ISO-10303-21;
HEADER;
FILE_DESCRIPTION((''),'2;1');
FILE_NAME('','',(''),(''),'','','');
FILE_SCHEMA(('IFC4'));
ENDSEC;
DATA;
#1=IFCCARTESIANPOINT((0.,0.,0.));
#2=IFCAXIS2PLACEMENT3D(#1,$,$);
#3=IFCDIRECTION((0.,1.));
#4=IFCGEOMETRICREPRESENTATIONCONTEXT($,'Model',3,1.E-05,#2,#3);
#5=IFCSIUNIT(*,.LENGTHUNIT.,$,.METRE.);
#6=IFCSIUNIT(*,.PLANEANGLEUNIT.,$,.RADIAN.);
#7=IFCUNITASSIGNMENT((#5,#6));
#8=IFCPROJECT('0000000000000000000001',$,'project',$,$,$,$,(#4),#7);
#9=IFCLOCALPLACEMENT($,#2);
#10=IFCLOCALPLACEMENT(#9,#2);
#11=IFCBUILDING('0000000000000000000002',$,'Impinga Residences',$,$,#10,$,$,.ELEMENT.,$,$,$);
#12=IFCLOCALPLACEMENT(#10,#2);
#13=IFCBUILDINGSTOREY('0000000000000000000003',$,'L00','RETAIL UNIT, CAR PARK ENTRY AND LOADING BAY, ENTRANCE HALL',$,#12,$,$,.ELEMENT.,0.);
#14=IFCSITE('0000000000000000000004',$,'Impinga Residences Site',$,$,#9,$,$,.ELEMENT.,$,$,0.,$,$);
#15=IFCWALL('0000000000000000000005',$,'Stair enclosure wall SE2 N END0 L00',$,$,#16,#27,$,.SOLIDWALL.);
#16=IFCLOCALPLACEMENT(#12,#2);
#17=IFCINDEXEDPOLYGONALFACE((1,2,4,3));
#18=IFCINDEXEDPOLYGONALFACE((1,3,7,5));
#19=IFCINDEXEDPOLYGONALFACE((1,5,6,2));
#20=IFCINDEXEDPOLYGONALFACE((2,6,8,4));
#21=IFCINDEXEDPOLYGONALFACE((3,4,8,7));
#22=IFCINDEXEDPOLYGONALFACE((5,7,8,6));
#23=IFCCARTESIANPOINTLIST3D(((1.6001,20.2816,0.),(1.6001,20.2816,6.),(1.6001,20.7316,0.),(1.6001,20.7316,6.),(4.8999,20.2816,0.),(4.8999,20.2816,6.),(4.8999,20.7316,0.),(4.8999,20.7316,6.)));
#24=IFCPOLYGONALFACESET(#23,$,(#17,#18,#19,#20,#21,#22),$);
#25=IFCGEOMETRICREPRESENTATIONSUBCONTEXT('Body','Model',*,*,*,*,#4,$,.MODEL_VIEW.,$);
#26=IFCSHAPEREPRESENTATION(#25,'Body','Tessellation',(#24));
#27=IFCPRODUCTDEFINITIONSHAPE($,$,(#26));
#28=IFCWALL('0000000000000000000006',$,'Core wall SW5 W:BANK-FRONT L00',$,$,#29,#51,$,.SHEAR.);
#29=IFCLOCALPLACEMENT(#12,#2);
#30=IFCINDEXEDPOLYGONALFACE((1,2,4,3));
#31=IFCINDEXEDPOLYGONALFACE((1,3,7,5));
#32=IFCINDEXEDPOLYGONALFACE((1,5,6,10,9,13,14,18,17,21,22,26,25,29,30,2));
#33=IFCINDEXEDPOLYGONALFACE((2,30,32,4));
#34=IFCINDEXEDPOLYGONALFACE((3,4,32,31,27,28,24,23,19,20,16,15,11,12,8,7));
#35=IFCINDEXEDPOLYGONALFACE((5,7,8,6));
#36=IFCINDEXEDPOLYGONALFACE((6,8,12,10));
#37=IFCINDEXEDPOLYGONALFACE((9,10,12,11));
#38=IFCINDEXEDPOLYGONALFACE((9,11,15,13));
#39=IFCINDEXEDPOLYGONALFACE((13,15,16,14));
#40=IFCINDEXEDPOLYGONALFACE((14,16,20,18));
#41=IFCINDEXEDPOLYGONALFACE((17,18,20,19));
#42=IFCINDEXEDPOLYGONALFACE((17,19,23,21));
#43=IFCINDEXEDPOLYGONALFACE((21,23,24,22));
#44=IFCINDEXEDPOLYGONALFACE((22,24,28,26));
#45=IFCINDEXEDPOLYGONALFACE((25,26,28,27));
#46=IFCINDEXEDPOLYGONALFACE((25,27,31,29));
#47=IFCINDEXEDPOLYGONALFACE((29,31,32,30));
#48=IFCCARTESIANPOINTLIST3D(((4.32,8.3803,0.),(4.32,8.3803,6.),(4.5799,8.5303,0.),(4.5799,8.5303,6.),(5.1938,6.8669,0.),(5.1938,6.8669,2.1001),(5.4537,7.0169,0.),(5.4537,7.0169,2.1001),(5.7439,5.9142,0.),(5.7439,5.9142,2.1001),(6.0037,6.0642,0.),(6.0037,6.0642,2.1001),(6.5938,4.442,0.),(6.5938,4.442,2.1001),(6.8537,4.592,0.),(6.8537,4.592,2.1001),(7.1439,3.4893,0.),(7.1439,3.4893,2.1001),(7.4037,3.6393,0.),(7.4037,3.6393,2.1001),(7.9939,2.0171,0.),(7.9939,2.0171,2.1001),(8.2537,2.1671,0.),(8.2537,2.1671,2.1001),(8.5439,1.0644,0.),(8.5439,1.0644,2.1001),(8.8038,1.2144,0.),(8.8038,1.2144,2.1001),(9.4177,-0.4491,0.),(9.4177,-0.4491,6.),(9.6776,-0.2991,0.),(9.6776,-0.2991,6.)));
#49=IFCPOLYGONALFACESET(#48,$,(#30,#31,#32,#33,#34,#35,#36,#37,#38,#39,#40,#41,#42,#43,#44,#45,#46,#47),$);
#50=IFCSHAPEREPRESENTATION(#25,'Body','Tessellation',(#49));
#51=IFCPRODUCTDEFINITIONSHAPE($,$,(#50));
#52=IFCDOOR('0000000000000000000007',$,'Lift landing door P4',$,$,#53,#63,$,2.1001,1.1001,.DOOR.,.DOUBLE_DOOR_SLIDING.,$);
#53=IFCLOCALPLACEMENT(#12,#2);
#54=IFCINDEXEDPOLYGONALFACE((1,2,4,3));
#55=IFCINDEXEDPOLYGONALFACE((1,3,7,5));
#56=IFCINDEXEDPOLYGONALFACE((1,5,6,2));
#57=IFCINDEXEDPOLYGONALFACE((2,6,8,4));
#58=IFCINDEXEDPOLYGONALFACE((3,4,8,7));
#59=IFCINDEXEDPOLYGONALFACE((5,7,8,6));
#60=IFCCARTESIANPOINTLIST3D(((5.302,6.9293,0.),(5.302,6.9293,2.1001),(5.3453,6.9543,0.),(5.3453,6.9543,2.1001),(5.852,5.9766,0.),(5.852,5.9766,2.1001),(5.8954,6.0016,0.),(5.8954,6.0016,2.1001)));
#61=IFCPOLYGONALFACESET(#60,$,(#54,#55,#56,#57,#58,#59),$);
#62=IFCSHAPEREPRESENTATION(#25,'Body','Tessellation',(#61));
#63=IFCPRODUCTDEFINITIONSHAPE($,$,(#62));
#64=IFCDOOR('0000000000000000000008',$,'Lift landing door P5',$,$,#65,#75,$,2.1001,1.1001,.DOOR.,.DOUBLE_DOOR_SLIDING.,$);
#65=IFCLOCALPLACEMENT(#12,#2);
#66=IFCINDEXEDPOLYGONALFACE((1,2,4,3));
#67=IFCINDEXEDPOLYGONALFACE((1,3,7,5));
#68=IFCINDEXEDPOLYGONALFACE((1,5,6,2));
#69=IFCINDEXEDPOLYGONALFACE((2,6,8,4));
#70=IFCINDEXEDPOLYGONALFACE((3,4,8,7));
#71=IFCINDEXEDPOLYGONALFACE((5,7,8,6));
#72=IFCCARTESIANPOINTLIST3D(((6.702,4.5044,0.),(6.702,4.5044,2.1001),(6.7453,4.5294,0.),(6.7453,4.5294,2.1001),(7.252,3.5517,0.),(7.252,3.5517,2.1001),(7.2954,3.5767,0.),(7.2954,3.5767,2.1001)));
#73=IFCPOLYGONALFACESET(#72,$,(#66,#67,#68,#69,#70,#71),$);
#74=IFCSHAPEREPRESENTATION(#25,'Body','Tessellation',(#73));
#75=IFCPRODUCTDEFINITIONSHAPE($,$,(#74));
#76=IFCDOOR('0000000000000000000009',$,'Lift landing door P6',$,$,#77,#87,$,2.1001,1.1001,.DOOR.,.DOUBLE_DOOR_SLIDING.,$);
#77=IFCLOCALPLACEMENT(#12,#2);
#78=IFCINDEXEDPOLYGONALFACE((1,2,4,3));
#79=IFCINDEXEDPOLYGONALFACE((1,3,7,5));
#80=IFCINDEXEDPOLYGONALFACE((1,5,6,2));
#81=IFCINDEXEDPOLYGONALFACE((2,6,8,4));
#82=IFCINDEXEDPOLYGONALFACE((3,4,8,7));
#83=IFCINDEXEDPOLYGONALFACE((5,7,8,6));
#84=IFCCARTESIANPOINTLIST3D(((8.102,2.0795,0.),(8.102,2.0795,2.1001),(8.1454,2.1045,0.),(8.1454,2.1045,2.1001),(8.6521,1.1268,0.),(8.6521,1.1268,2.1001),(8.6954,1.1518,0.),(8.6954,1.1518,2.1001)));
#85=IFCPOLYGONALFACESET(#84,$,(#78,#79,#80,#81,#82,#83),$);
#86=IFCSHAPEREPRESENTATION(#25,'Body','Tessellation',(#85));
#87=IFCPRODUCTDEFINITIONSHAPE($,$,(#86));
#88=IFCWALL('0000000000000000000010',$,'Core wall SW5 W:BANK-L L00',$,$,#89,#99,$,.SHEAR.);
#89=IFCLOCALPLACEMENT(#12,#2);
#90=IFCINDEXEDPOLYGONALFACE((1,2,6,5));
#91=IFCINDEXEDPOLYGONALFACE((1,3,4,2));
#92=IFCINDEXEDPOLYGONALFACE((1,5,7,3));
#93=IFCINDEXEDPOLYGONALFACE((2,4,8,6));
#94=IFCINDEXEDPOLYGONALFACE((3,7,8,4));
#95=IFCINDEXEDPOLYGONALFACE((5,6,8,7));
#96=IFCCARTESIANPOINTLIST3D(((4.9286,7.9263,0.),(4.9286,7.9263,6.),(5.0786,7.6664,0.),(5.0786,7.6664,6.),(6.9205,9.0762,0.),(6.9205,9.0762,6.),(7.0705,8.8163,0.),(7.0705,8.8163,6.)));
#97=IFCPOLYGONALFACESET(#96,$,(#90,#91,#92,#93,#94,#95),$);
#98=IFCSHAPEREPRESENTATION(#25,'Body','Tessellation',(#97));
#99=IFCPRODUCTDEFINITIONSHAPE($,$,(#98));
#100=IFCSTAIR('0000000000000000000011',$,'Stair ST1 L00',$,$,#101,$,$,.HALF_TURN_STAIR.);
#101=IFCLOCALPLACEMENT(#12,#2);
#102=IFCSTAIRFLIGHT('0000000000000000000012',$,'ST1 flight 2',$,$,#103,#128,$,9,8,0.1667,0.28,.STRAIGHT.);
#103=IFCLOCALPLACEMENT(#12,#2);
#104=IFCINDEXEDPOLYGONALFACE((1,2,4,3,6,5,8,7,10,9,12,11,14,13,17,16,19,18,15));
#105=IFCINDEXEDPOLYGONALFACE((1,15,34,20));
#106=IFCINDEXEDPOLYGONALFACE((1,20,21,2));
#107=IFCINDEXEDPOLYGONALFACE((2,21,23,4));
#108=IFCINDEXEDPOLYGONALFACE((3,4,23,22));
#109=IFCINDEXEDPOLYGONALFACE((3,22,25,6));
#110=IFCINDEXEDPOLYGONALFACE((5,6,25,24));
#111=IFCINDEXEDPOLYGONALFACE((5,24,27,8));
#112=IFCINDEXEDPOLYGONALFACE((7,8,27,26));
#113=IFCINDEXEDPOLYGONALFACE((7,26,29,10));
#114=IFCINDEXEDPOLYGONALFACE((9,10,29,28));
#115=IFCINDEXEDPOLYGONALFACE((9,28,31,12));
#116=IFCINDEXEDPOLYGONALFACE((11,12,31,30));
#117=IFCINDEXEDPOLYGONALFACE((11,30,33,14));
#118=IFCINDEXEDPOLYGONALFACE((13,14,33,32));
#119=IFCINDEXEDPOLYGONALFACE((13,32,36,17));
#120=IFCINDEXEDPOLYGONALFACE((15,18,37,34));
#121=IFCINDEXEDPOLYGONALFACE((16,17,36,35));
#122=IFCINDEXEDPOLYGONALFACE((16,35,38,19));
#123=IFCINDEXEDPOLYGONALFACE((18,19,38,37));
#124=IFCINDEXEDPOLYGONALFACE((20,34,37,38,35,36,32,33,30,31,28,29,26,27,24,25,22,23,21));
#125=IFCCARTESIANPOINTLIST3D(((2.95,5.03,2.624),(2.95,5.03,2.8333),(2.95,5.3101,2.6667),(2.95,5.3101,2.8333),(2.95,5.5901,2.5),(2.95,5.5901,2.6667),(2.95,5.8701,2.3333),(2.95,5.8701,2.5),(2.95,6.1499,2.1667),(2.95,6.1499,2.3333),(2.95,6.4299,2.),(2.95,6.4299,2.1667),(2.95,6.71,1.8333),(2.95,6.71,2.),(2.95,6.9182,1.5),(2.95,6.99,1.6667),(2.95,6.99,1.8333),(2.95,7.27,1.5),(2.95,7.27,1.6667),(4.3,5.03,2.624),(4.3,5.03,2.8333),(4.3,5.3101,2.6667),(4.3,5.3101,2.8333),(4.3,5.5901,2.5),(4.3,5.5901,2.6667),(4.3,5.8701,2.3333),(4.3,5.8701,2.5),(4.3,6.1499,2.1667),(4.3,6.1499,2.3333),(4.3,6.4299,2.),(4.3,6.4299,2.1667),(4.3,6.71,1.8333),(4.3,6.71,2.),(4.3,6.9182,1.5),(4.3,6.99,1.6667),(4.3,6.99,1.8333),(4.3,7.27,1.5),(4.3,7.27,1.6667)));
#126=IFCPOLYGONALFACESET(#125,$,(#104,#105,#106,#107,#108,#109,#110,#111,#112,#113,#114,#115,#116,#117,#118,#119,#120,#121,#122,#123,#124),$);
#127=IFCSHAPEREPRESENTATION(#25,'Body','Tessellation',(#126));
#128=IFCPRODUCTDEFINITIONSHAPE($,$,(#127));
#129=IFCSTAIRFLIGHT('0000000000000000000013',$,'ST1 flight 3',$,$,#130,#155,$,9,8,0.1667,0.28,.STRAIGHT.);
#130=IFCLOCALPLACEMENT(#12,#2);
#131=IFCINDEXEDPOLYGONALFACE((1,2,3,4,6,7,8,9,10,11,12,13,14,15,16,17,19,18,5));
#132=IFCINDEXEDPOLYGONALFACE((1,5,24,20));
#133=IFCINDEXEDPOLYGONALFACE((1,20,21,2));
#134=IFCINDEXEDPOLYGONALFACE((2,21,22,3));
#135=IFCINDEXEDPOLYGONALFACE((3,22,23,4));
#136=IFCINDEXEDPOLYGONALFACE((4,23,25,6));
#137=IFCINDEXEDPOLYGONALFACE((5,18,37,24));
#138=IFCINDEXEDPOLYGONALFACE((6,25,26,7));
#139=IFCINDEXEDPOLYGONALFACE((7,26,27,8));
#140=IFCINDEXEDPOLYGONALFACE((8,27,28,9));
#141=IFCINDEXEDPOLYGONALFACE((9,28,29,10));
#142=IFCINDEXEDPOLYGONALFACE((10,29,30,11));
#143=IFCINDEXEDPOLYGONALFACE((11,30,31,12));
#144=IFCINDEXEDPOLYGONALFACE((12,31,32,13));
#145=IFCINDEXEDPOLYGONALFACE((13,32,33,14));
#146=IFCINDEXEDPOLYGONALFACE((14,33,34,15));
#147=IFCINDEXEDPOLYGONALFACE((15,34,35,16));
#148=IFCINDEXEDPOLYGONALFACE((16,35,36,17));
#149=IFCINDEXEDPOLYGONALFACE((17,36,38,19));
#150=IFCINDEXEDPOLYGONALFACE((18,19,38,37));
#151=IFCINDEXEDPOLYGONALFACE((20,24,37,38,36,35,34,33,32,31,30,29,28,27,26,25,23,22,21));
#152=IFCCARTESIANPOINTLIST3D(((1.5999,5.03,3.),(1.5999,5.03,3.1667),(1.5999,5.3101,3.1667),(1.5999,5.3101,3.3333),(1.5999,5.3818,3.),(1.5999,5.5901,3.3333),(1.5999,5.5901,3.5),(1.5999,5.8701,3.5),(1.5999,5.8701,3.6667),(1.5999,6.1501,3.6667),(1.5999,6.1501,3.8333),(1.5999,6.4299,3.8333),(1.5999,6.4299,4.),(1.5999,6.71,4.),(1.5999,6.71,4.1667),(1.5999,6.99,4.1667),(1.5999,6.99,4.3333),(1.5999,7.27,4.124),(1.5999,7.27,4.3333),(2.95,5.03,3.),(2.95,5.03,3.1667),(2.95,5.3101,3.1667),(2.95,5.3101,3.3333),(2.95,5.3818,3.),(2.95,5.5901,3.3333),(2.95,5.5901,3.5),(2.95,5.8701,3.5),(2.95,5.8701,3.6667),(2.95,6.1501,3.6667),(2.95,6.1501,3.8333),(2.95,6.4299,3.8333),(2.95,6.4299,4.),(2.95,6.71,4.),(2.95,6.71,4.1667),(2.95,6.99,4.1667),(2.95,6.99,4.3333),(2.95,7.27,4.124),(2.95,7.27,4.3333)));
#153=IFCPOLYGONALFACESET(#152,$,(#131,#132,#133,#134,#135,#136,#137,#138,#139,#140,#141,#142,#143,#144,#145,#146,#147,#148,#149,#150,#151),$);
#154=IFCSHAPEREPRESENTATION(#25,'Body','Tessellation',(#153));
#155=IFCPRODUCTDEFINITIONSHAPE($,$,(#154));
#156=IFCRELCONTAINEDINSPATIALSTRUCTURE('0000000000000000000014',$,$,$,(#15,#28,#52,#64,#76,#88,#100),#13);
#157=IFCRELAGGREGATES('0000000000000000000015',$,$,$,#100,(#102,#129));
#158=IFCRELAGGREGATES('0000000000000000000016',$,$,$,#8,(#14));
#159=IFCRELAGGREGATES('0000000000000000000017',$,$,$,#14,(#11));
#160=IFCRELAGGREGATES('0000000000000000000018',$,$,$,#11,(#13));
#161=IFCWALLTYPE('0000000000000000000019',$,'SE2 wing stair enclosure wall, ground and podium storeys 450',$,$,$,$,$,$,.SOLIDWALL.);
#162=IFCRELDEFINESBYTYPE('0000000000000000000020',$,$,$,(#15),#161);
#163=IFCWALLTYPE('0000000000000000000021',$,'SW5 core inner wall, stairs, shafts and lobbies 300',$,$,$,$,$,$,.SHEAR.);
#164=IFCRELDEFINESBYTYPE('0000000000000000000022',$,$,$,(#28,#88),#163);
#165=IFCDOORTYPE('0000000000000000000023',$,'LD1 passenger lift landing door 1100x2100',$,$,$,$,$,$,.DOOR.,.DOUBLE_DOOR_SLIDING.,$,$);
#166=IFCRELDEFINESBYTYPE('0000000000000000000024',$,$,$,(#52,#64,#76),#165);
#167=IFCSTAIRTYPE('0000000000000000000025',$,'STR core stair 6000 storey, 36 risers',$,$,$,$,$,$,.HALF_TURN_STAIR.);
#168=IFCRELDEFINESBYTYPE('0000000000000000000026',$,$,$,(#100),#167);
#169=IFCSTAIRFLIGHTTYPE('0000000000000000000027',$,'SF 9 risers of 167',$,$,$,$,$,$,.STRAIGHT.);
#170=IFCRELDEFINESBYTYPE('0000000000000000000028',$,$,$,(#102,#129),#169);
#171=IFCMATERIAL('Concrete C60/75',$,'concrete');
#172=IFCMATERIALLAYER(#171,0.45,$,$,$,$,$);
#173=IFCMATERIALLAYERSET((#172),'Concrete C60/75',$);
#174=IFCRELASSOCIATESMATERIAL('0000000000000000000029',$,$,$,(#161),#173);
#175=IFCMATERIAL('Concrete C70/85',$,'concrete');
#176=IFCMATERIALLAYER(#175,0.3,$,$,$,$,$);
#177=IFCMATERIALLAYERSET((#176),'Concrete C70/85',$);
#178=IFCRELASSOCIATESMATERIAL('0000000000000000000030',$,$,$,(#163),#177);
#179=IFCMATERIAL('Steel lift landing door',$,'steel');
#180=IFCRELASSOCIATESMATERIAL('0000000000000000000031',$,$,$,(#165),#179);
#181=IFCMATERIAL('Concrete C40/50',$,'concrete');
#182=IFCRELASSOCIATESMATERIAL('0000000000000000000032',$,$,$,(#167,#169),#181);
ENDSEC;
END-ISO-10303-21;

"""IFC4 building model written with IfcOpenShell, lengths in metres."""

from ifc_helpers import new_model, si_unit, direction, frame, frame_2d, origin, place, context, subcontext, project, spatial, polyline, rectangle, outline, extrude, material, layer, layer_set, type_object, element, fill, aggregate, save


model = new_model("IFC4")

# Units and contexts
model_context = context("Model", 3, precision=1e-05, world=origin(), true_north=direction((0.0, 1.0)))
body_context = subcontext(model_context, "Body", "Model", "MODEL_VIEW")
ifc_project = project(units=[si_unit("LENGTHUNIT", "METRE"), si_unit("PLANEANGLEUNIT", "RADIAN")], contexts=[model_context])

# Site, building, storey
site_placement = place(None, origin())
site = spatial("IfcSite", under=ifc_project, at=site_placement, Name="Impinga Residences Site", CompositionType="ELEMENT", RefElevation=0.0)
building_placement = place(site_placement, origin())
building = spatial("IfcBuilding", under=site, at=building_placement, Name="Impinga Residences", CompositionType="ELEMENT")
storey_placement = place(building_placement, origin())
storey = spatial("IfcBuildingStorey", under=building, at=storey_placement, Name="L00", Description="RETAIL UNIT, CAR PARK ENTRY AND LOADING BAY, ENTRANCE HALL", CompositionType="ELEMENT", Elevation=0.0)

# Shared definitions
ifc_material_1 = material(Name="Concrete C60/75", Category="concrete")

# Shared definitions
ifc_material_2 = material(Name="Concrete C70/85", Category="concrete")

# Wall
ifc_layer_1 = layer(ifc_material_1, 0.45)
ifc_layer_set_1 = layer_set([ifc_layer_1], Name="Concrete C60/75")
wall_type_1 = type_object("IfcWallType", Name="SE2 wing stair enclosure wall, ground and podium storeys 450", PredefinedType="SOLIDWALL", material=ifc_layer_set_1)
wall_1_placement = place(storey_placement, frame((1.6001, 20.5066, 0.0), z_axis=(0.0, 0.0, 1.0), x_axis=(1.0, 0.0, 0.0)))
element("IfcWall", 1, at=wall_1_placement, inside=storey, type_object=wall_type_1, Name="Stair enclosure wall SE2 N END0 L00", PredefinedType="SOLIDWALL", context=body_context, shape_type="SweptSolid", body=[
    extrude(rectangle(XDim=3.2998, YDim=0.45, at=frame_2d((1.6499, 0.0))), origin(), (0.0, 0.0, 1.0), 6.0),
])

# Wall, openings, doors
ifc_layer_2 = layer(ifc_material_2, 0.3)
ifc_layer_set_2 = layer_set([ifc_layer_2], Name="Concrete C70/85")
wall_type_2 = type_object("IfcWallType", Name="SW5 core inner wall, stairs, shafts and lobbies 300", PredefinedType="SHEAR", material=ifc_layer_set_2)
wall_2_placement = place(storey_placement, frame((4.45, 8.4553, 0.0), z_axis=(0.0, 0.0, 1.0), x_axis=(0.500002, -0.866024, 0.0)))
wall_2 = element("IfcWall", 2, at=wall_2_placement, inside=storey, type_object=wall_type_2, Name="Core wall SW5 W:BANK-FRONT L00", PredefinedType="SHEAR", context=body_context, shape_type="SweptSolid", body=[
    extrude(rectangle(XDim=10.1953, YDim=0.3, at=frame_2d((5.0977, 0.0))), origin(), (0.0, 0.0, 1.0), 6.0),
])
opening_1_placement = place(wall_2_placement, frame((1.7476, 0.0, 0.0)))
opening_1 = element("IfcOpeningElement", 3, at=opening_1_placement, cuts=wall_2, PredefinedType="OPENING", context=body_context, shape_type="SweptSolid", body=[
    extrude(rectangle(XDim=1.1001, YDim=2.1001, at=frame_2d((0.55, 1.05))), frame((0.0, 0.1599, 0.0), z_axis=(0.0, -1.0, 0.0), x_axis=(1.0, 0.0, 0.0)), (0.0, 0.0, 1.0), 0.3201),
])
opening_2_placement = place(wall_2_placement, frame((4.5476, 0.0, 0.0)))
opening_2 = element("IfcOpeningElement", 4, at=opening_2_placement, cuts=wall_2, PredefinedType="OPENING", context=body_context, shape_type="SweptSolid", body=[
    extrude(rectangle(XDim=1.1001, YDim=2.1001, at=frame_2d((0.55, 1.05))), frame((0.0, 0.1599, 0.0), z_axis=(0.0, -1.0, 0.0), x_axis=(1.0, 0.0, 0.0)), (0.0, 0.0, 1.0), 0.3201),
])
opening_3_placement = place(wall_2_placement, frame((7.3477, 0.0, 0.0)))
opening_3 = element("IfcOpeningElement", 5, at=opening_3_placement, cuts=wall_2, PredefinedType="OPENING", context=body_context, shape_type="SweptSolid", body=[
    extrude(rectangle(XDim=1.1001, YDim=2.1001, at=frame_2d((0.55, 1.05))), frame((0.0, 0.1599, 0.0), z_axis=(0.0, -1.0, 0.0), x_axis=(1.0, 0.0, 0.0)), (0.0, 0.0, 1.0), 0.3201),
])
ifc_material_3 = material(Name="Steel lift landing door", Category="steel")
door_type_1 = type_object("IfcDoorType", Name="LD1 passenger lift landing door 1100x2100", OperationType="DOUBLE_DOOR_SLIDING", PredefinedType="DOOR", material=ifc_material_3)
door_1_placement = place(opening_1_placement, origin())
door_1 = element("IfcDoor", 6, at=door_1_placement, inside=storey, type_object=door_type_1, Name="Lift landing door P4", OperationType="DOUBLE_DOOR_SLIDING", OverallHeight=2.1001, OverallWidth=1.1001, PredefinedType="DOOR", context=body_context, shape_type="SweptSolid", body=[
    extrude(rectangle(XDim=1.1001, YDim=2.1001, at=frame_2d((0.55, 1.05))), frame((0.0, 0.0249, 0.0), z_axis=(0.0, -1.0, 0.0), x_axis=(1.0, 0.0, 0.0)), (0.0, 0.0, 1.0), 0.05),
])
fill(opening_1, door_1)
door_2_placement = place(opening_2_placement, origin())
door_2 = element("IfcDoor", 7, at=door_2_placement, inside=storey, type_object=door_type_1, Name="Lift landing door P5", OperationType="DOUBLE_DOOR_SLIDING", OverallHeight=2.1001, OverallWidth=1.1001, PredefinedType="DOOR", context=body_context, shape_type="SweptSolid", body=[
    extrude(rectangle(XDim=1.1001, YDim=2.1001, at=frame_2d((0.55, 1.05))), frame((0.0, 0.0249, 0.0), z_axis=(0.0, -1.0, 0.0), x_axis=(1.0, 0.0, 0.0)), (0.0, 0.0, 1.0), 0.05),
])
fill(opening_2, door_2)
door_3_placement = place(opening_3_placement, origin())
door_3 = element("IfcDoor", 8, at=door_3_placement, inside=storey, type_object=door_type_1, Name="Lift landing door P6", OperationType="DOUBLE_DOOR_SLIDING", OverallHeight=2.1001, OverallWidth=1.1001, PredefinedType="DOOR", context=body_context, shape_type="SweptSolid", body=[
    extrude(rectangle(XDim=1.1001, YDim=2.1001, at=frame_2d((0.55, 1.05))), frame((0.0, 0.0249, 0.0), z_axis=(0.0, -1.0, 0.0), x_axis=(1.0, 0.0, 0.0)), (0.0, 0.0, 1.0), 0.05),
])
fill(opening_3, door_3)

# Wall
wall_3_placement = place(storey_placement, frame((5.0037, 7.7964, 0.0), z_axis=(0.0, 0.0, 1.0), x_axis=(0.866053, 0.499952, 0.0)))
element("IfcWall", 9, at=wall_3_placement, inside=storey, type_object=wall_type_2, Name="Core wall SW5 W:BANK-L L00", PredefinedType="SHEAR", context=body_context, shape_type="SweptSolid", body=[
    extrude(rectangle(XDim=2.3, YDim=0.3, at=frame_2d((1.1499, 0.0))), origin(), (0.0, 0.0, 1.0), 6.0),
])

# Stair, stair flights
ifc_material_4 = material(Name="Concrete C40/50", Category="concrete")
stair_type = type_object("IfcStairType", Name="STR core stair 6000 storey, 36 risers", PredefinedType="HALF_TURN_STAIR", material=ifc_material_4)
stair_placement = place(storey_placement, origin())
stair = element("IfcStair", 10, at=stair_placement, inside=storey, type_object=stair_type, Name="Stair ST1 L00", PredefinedType="HALF_TURN_STAIR")
stair_flight_type = type_object("IfcStairFlightType", Name="SF 9 risers of 167", PredefinedType="STRAIGHT", material=ifc_material_4)
stair_flight_1_placement = place(storey_placement, frame((3.625, 7.27, 1.5), z_axis=(0.0, 0.0, 1.0), x_axis=(0.0, -1.0, 0.0)))
stair_flight_1 = element("IfcStairFlight", 11, at=stair_flight_1_placement, type_object=stair_flight_type, Name="ST1 flight 2", NumberOfRisers=9, NumberOfTreads=8, PredefinedType="STRAIGHT", RiserHeight=0.1667, TreadLength=0.28, context=body_context, shape_type="SweptSolid", body=[
    extrude(outline(polyline([(0.0, 0.0), (0.0, 0.1667), (0.28, 0.1667), (0.28, 0.3333), (0.5601, 0.3333), (0.5601, 0.5), (0.8401, 0.5), (0.8401, 0.6667), (1.1201, 0.6667), (1.1201, 0.8333), (1.3999, 0.8333), (1.3999, 1.0), (1.6799, 1.0), (1.6799, 1.1667), (1.96, 1.1667), (1.96, 1.3333), (2.24, 1.3333), (2.24, 1.5), (2.24, 1.124), (0.3518, 0.0), (0.0, 0.0)])), frame((0.0, 0.675, 0.0), z_axis=(0.0, -1.0, 0.0), x_axis=(1.0, 0.0, 0.0)), (0.0, 0.0, 1.0), 1.3501),
])
stair_flight_2_placement = place(storey_placement, frame((2.2749, 5.03, 3.0), z_axis=(0.0, 0.0, 1.0), x_axis=(0.0, 1.0, 0.0)))
stair_flight_2 = element("IfcStairFlight", 12, at=stair_flight_2_placement, type_object=stair_flight_type, Name="ST1 flight 3", NumberOfRisers=9, NumberOfTreads=8, PredefinedType="STRAIGHT", RiserHeight=0.1667, TreadLength=0.28, context=body_context, shape_type="SweptSolid", body=[
    extrude(outline(polyline([(0.0, 0.0), (0.0, 0.1667), (0.28, 0.1667), (0.28, 0.3333), (0.5601, 0.3333), (0.5601, 0.5), (0.8401, 0.5), (0.8401, 0.6667), (1.1201, 0.6667), (1.1201, 0.8333), (1.3999, 0.8333), (1.3999, 1.0), (1.6799, 1.0), (1.6799, 1.1667), (1.96, 1.1667), (1.96, 1.3333), (2.24, 1.3333), (2.24, 1.5), (2.24, 1.124), (0.3518, 0.0), (0.0, 0.0)])), frame((0.0, 0.675, 0.0), z_axis=(0.0, -1.0, 0.0), x_axis=(1.0, 0.0, 0.0)), (0.0, 0.0, 1.0), 1.3501),
])
aggregate(stair, [stair_flight_1, stair_flight_2])

save(model, "model.ifc")
